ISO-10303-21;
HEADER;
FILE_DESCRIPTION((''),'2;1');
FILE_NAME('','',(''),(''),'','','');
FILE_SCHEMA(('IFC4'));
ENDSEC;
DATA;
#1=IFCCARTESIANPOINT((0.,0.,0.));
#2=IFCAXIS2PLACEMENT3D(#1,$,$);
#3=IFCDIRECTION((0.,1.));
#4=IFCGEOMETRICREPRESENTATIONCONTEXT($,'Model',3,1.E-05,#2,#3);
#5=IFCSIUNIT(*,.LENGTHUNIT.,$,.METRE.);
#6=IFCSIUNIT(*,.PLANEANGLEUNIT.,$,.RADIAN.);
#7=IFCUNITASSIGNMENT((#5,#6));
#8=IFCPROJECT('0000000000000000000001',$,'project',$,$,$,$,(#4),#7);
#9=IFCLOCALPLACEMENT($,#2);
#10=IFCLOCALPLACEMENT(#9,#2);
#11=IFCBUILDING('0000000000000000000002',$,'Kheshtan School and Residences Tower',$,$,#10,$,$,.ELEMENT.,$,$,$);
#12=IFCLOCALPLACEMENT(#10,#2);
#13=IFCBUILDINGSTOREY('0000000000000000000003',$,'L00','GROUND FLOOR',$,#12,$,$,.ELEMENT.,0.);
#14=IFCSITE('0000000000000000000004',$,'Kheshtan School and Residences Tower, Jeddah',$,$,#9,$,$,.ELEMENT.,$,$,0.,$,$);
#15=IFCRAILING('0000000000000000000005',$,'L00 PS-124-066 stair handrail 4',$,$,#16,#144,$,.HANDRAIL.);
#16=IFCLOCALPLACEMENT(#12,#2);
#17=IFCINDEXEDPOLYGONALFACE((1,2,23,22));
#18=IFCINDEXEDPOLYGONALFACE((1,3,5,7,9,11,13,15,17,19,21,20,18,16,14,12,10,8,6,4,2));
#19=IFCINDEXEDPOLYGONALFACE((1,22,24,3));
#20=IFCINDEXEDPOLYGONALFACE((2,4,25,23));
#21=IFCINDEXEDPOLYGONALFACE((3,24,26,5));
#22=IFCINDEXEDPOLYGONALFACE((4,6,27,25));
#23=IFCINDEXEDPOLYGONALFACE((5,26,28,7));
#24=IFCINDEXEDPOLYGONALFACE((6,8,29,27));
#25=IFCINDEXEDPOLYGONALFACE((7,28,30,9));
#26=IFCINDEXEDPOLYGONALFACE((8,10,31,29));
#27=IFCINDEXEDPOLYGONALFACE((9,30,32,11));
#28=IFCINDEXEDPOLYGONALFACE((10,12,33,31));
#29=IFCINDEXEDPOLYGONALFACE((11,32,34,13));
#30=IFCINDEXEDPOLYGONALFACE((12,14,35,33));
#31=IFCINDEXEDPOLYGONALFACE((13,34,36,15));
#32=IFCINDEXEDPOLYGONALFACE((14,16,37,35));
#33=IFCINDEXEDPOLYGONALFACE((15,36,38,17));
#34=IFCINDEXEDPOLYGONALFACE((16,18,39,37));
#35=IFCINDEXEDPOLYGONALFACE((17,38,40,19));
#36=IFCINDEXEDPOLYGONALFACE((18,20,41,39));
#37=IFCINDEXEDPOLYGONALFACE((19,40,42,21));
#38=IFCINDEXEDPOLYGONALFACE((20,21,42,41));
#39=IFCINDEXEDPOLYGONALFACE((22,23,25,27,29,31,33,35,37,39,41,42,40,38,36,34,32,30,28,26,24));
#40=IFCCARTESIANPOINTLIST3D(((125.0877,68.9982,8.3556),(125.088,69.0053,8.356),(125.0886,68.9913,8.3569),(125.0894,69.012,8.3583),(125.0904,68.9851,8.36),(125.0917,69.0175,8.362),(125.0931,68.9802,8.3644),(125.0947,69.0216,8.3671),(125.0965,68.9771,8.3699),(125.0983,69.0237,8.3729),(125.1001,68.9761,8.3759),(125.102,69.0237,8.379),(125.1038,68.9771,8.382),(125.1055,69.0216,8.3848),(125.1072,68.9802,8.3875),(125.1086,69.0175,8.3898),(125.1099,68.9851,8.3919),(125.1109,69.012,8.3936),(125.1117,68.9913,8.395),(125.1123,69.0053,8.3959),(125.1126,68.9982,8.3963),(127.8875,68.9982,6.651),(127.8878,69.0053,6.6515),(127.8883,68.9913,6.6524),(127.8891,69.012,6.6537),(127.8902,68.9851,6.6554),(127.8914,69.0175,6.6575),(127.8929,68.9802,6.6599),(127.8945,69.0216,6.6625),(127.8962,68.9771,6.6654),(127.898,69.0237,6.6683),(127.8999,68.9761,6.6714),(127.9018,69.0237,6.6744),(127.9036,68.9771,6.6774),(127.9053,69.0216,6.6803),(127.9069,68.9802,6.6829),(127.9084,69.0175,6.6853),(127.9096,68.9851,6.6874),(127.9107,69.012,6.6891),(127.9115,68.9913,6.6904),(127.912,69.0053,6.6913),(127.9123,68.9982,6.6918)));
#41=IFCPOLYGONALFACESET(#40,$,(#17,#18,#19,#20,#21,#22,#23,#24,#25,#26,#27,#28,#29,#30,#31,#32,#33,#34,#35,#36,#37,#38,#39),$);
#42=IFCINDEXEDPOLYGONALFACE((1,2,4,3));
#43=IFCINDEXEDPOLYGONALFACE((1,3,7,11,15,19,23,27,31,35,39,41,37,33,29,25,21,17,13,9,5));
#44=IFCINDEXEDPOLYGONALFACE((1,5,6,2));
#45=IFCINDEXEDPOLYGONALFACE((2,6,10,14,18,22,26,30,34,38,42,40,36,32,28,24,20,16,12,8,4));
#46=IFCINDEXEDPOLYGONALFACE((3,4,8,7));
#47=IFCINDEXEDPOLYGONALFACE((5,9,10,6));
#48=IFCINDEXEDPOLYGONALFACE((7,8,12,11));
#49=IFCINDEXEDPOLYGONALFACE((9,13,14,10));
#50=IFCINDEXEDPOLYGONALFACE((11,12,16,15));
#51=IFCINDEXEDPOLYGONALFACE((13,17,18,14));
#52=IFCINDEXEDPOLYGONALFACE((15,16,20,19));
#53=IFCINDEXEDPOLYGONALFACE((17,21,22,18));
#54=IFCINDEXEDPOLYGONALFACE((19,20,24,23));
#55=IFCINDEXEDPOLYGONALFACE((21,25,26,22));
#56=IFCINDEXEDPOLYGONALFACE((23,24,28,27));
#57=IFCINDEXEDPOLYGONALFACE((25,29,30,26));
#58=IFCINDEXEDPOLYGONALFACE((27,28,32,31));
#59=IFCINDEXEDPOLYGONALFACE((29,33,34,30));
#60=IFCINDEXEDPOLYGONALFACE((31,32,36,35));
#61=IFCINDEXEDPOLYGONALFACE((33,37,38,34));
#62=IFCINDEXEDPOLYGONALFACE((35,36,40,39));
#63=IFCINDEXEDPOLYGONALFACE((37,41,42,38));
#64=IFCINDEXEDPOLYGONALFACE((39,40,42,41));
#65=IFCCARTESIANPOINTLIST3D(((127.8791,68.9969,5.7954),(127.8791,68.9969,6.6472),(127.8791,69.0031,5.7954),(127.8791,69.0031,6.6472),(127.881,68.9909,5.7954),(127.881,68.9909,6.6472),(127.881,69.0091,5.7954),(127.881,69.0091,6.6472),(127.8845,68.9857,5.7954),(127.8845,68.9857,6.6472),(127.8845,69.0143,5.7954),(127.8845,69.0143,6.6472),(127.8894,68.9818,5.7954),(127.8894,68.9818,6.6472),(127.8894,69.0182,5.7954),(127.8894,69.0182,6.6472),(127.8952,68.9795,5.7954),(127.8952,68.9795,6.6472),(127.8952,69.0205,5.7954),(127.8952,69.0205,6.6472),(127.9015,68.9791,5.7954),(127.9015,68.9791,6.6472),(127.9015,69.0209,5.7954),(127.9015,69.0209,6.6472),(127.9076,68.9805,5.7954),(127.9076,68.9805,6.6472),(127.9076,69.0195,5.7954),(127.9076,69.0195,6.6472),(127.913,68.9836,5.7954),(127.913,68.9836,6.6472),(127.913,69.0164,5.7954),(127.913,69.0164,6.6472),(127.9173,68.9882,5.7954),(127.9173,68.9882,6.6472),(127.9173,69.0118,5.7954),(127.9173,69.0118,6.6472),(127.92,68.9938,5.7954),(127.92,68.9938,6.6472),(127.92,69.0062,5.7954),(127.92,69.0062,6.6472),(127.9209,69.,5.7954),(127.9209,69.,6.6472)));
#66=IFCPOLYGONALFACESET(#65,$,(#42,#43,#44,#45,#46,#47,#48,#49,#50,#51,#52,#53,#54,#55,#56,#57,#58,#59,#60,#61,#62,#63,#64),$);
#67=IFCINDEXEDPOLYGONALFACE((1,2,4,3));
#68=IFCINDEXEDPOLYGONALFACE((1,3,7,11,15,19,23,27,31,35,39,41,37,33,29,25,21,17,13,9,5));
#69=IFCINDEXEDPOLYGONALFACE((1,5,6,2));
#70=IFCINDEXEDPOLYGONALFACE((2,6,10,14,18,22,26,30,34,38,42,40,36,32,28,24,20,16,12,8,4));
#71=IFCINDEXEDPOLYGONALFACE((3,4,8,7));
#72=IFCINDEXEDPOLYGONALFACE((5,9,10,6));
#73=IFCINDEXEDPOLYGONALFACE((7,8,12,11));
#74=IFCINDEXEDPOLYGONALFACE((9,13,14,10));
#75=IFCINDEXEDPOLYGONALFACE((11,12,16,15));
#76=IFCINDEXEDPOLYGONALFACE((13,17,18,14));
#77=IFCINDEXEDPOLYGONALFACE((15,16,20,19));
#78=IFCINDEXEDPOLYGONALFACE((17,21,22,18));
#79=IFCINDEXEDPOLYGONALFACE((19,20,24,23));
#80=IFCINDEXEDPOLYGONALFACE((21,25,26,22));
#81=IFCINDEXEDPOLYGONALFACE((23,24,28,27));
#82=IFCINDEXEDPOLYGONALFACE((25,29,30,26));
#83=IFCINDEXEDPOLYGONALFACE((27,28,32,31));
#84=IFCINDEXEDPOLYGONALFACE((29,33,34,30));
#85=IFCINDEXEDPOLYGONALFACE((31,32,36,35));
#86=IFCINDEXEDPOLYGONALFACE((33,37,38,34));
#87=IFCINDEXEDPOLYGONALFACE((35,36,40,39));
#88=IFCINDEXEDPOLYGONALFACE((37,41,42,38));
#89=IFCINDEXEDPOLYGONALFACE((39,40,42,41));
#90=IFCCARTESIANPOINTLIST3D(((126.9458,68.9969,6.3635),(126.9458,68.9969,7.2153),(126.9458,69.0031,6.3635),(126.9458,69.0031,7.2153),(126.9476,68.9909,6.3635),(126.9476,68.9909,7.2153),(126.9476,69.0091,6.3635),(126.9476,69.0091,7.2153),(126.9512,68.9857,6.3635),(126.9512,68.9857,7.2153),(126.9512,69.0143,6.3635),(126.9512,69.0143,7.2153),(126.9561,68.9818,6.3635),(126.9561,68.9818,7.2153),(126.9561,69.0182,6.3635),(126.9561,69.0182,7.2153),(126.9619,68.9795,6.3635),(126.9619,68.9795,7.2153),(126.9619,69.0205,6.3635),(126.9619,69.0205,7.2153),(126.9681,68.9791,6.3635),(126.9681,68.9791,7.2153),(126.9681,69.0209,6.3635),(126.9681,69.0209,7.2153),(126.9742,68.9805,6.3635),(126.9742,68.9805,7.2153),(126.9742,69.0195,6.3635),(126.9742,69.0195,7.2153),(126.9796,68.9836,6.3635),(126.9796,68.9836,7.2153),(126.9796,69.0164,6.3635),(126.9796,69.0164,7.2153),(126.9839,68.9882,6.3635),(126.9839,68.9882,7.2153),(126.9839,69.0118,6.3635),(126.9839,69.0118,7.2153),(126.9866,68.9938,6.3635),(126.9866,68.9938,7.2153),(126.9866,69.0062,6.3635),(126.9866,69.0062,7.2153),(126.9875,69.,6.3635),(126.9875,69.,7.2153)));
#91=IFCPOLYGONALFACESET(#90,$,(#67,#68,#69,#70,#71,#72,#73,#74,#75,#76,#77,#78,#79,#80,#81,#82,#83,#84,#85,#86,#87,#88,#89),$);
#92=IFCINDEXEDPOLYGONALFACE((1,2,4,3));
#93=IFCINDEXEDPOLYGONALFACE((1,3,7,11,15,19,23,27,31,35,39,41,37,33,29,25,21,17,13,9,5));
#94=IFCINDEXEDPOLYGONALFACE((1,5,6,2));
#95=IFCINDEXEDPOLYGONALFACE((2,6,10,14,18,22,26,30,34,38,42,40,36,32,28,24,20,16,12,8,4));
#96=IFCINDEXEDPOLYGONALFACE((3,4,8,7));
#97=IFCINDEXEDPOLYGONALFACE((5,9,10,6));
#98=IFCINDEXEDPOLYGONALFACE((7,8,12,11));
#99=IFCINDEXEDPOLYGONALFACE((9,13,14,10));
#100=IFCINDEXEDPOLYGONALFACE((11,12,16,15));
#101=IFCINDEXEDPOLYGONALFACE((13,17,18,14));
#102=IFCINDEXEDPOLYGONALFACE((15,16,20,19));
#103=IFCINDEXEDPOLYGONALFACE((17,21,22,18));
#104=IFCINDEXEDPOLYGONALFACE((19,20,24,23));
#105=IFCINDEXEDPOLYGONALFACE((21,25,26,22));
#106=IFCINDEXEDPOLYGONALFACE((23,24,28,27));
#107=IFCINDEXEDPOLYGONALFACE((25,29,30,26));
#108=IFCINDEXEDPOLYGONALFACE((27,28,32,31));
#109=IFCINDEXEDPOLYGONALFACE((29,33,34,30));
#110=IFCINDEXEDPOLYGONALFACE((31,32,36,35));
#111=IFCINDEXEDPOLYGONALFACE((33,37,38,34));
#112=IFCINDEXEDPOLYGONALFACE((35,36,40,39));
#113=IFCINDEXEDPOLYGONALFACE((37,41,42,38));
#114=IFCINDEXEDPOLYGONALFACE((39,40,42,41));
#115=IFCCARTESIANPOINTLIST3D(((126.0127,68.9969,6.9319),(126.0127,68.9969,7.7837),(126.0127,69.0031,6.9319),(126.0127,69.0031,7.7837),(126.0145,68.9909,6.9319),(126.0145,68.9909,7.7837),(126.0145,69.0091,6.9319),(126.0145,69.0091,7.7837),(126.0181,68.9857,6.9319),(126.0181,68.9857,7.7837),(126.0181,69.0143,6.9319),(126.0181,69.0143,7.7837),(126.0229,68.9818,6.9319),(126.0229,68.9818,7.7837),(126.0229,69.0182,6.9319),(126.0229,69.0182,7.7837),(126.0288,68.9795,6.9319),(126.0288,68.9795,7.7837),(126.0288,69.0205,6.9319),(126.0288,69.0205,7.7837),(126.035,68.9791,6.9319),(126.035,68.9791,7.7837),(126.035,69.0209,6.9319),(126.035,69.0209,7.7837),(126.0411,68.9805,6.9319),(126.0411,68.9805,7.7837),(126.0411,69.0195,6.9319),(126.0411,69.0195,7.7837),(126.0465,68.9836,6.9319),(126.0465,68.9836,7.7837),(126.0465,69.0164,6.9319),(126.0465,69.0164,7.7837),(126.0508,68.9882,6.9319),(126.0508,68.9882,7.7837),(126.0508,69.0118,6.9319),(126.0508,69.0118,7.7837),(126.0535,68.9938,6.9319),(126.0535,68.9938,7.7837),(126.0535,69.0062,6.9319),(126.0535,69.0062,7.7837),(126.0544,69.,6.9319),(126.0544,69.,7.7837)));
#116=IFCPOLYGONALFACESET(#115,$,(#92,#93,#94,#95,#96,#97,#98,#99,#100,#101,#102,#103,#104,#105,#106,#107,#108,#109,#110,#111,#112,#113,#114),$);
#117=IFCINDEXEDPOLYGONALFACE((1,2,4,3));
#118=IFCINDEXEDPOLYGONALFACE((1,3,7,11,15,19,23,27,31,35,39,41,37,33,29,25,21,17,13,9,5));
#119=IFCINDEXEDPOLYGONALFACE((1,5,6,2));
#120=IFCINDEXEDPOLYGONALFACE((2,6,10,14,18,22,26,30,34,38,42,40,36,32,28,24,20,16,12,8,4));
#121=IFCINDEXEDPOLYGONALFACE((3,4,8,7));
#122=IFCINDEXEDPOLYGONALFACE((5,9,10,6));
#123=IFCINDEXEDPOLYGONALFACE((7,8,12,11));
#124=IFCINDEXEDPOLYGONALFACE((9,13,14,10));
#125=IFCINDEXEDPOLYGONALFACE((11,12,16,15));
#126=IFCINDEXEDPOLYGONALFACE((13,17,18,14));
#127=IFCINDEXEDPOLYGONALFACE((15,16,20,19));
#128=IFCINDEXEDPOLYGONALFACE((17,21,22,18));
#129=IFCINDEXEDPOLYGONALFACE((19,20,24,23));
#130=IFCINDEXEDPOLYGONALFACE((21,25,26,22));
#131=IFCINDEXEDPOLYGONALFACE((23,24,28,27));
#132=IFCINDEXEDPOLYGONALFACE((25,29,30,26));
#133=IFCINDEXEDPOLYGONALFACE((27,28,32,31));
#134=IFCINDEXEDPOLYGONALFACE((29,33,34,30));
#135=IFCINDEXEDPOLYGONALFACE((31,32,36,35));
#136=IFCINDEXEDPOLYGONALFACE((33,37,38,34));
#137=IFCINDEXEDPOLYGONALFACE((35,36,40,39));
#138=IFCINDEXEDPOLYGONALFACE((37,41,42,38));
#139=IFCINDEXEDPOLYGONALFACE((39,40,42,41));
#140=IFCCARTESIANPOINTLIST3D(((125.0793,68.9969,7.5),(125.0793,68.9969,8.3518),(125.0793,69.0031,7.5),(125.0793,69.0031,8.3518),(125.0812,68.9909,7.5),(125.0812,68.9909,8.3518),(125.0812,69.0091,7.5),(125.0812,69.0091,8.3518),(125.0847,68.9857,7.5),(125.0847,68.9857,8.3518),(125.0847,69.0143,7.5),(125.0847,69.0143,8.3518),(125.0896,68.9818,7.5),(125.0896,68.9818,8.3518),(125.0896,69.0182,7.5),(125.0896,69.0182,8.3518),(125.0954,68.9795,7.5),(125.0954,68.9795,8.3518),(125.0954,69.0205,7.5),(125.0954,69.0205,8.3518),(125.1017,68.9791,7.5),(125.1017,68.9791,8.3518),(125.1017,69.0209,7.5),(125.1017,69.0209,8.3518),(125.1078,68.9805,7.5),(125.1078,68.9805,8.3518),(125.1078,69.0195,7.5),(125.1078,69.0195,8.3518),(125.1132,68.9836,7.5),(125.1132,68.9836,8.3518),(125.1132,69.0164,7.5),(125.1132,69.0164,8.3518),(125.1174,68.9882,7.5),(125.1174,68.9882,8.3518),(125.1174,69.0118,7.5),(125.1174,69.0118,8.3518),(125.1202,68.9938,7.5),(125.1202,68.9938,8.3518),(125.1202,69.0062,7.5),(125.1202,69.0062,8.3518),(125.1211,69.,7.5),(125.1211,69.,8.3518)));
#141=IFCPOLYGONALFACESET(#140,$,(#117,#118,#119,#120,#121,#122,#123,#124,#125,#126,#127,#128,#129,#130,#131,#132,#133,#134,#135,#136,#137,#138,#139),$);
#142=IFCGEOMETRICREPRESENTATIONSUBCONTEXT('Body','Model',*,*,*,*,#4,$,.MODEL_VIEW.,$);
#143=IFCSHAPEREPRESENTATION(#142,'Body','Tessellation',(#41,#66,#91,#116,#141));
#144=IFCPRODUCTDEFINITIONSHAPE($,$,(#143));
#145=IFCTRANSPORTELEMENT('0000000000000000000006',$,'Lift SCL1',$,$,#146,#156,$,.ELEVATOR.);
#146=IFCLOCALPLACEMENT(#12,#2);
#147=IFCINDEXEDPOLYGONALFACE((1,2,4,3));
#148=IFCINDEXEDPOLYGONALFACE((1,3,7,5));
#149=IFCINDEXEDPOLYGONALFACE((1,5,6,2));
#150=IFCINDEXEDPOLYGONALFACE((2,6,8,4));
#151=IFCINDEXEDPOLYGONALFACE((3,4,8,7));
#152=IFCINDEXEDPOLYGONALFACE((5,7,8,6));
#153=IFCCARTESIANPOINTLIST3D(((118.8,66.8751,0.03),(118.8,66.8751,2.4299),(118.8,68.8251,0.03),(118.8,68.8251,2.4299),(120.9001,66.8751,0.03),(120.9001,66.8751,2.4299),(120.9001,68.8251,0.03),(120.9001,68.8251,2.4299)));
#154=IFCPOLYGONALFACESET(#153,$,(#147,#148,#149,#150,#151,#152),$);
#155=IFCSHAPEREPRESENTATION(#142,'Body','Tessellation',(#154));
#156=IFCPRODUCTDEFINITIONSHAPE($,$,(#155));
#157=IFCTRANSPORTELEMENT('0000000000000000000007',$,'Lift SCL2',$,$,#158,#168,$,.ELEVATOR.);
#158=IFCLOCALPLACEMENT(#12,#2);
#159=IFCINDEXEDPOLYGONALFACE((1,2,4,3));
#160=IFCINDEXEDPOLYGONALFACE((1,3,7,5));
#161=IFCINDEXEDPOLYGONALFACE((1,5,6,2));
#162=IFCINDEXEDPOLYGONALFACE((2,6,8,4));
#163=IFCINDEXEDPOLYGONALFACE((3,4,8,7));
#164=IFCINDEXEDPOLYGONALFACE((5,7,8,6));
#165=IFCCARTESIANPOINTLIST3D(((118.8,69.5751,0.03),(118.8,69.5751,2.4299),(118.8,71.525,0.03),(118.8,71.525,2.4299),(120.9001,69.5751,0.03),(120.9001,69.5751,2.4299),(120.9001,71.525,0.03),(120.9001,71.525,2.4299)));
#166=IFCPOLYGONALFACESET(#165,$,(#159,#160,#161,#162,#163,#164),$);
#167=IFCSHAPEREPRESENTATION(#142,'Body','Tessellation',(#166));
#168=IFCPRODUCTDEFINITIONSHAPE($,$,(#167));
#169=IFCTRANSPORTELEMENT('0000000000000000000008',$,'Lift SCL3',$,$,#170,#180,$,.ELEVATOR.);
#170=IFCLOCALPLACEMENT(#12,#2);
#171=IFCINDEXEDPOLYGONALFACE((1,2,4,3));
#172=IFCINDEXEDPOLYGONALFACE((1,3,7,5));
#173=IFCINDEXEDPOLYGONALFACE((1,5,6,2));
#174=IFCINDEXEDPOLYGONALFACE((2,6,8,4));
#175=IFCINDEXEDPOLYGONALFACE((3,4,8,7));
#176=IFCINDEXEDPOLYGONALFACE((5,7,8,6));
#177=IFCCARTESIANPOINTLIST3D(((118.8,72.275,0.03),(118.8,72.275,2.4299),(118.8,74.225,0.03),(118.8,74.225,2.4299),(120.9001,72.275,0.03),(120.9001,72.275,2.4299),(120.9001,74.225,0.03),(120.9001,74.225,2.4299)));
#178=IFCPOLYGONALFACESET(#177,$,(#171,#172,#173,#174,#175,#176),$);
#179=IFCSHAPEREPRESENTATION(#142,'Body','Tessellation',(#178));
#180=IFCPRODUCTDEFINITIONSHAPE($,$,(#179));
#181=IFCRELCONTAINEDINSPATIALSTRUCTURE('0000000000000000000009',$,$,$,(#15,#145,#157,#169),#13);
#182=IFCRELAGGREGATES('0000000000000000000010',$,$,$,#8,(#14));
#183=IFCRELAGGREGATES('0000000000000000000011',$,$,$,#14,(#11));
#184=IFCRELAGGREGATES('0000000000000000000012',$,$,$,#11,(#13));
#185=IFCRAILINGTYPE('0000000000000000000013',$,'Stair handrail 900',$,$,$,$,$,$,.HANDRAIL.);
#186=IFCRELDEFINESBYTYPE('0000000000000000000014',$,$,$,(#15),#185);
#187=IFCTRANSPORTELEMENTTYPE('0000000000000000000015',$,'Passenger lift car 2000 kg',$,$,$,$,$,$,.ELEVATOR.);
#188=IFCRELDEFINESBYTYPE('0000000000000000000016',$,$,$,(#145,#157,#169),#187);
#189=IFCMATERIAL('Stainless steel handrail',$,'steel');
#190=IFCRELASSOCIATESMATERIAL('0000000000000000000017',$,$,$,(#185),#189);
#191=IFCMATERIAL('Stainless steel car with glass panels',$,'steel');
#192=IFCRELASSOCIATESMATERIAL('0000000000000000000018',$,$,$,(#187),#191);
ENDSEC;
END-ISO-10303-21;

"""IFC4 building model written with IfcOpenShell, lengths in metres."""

from ifc_helpers import new_model, si_unit, direction, frame, origin, origin_2d, place, context, subcontext, project, spatial, rectangle, circle, extrude, material, type_object, element, save


model = new_model("IFC4")

# Units and contexts
model_context = context("Model", 3, precision=1e-05, world=origin(), true_north=direction((0.0, 1.0)))
body_context = subcontext(model_context, "Body", "Model", "MODEL_VIEW")
ifc_project = project(units=[si_unit("LENGTHUNIT", "METRE"), si_unit("PLANEANGLEUNIT", "RADIAN")], contexts=[model_context])

# Site, building, storey
site_placement = place(None, origin())
site = spatial("IfcSite", under=ifc_project, at=site_placement, Name="Kheshtan School and Residences Tower, Jeddah", CompositionType="ELEMENT", RefElevation=0.0)
building_placement = place(site_placement, origin())
building = spatial("IfcBuilding", under=site, at=building_placement, Name="Kheshtan School and Residences Tower", CompositionType="ELEMENT")
storey_placement = place(building_placement, origin())
storey = spatial("IfcBuildingStorey", under=building, at=storey_placement, Name="L00", Description="GROUND FLOOR", CompositionType="ELEMENT", Elevation=0.0)

# Railing
ifc_material_1 = material(Name="Stainless steel handrail", Category="steel")
railing_type_1 = type_object("IfcRailingType", Name="Stair handrail 900", PredefinedType="HANDRAIL", material=ifc_material_1)
for number, where, name in (
    (1, (127.8999, 69.0, 5.7954), "L00 PS-124-066 stair handrail 4"),
):
    element("IfcRailing", number, at=place(storey_placement, frame(where)), inside=storey, type_object=railing_type_1, Name=name, PredefinedType="HANDRAIL", context=body_context, shape_type="SweptSolid", body=[
        extrude(circle(Radius=0.0239, at=origin_2d()), frame((0.0, 0.0, 0.876), z_axis=(-0.85415, 0.0, 0.520027), x_axis=(0.0, -1.0, 0.0)), (0.0, 0.0, 1.0), 3.2778),
        extrude(circle(Radius=0.021, at=origin_2d()), origin(), (0.0, 0.0, 1.0), 0.8518),
        extrude(circle(Radius=0.021, at=origin_2d()), frame((-0.9333, 0.0, 0.5681)), (0.0, 0.0, 1.0), 0.8518),
        extrude(circle(Radius=0.021, at=origin_2d()), frame((-1.8665, 0.0, 1.1365)), (0.0, 0.0, 1.0), 0.8518),
        extrude(circle(Radius=0.021, at=origin_2d()), frame((-2.7998, 0.0, 1.7046)), (0.0, 0.0, 1.0), 0.8518),
    ])

# Transport elements
ifc_material_2 = material(Name="Stainless steel car with glass panels", Category="steel")
transport_element_type = type_object("IfcTransportElementType", Name="Passenger lift car 2000 kg", PredefinedType="ELEVATOR", material=ifc_material_2)
for number, where, z_axis, x_axis, name in (
    (2, (119.8501, 67.8501, 0.03), (0.0, 0.0, 1.0), (1.0, 0.0, 0.0), "Lift SCL1"),
    (3, (119.8501, 70.55, 0.03), (0.0, 0.0, 1.0), (1.0, 0.0, 0.0), "Lift SCL2"),
    (4, (119.8501, 73.25, 0.03), (0.0, 0.0, 1.0), (1.0, 0.0, 0.0), "Lift SCL3"),
):
    element("IfcTransportElement", number, at=place(storey_placement, frame(where, z_axis=z_axis, x_axis=x_axis)), inside=storey, type_object=transport_element_type, Name=name, PredefinedType="ELEVATOR", context=body_context, shape_type="SweptSolid", body=[
        extrude(rectangle(XDim=2.1001, YDim=1.95, at=origin_2d()), origin(), (0.0, 0.0, 1.0), 2.3999),
    ])

save(model, "model.ifc")
